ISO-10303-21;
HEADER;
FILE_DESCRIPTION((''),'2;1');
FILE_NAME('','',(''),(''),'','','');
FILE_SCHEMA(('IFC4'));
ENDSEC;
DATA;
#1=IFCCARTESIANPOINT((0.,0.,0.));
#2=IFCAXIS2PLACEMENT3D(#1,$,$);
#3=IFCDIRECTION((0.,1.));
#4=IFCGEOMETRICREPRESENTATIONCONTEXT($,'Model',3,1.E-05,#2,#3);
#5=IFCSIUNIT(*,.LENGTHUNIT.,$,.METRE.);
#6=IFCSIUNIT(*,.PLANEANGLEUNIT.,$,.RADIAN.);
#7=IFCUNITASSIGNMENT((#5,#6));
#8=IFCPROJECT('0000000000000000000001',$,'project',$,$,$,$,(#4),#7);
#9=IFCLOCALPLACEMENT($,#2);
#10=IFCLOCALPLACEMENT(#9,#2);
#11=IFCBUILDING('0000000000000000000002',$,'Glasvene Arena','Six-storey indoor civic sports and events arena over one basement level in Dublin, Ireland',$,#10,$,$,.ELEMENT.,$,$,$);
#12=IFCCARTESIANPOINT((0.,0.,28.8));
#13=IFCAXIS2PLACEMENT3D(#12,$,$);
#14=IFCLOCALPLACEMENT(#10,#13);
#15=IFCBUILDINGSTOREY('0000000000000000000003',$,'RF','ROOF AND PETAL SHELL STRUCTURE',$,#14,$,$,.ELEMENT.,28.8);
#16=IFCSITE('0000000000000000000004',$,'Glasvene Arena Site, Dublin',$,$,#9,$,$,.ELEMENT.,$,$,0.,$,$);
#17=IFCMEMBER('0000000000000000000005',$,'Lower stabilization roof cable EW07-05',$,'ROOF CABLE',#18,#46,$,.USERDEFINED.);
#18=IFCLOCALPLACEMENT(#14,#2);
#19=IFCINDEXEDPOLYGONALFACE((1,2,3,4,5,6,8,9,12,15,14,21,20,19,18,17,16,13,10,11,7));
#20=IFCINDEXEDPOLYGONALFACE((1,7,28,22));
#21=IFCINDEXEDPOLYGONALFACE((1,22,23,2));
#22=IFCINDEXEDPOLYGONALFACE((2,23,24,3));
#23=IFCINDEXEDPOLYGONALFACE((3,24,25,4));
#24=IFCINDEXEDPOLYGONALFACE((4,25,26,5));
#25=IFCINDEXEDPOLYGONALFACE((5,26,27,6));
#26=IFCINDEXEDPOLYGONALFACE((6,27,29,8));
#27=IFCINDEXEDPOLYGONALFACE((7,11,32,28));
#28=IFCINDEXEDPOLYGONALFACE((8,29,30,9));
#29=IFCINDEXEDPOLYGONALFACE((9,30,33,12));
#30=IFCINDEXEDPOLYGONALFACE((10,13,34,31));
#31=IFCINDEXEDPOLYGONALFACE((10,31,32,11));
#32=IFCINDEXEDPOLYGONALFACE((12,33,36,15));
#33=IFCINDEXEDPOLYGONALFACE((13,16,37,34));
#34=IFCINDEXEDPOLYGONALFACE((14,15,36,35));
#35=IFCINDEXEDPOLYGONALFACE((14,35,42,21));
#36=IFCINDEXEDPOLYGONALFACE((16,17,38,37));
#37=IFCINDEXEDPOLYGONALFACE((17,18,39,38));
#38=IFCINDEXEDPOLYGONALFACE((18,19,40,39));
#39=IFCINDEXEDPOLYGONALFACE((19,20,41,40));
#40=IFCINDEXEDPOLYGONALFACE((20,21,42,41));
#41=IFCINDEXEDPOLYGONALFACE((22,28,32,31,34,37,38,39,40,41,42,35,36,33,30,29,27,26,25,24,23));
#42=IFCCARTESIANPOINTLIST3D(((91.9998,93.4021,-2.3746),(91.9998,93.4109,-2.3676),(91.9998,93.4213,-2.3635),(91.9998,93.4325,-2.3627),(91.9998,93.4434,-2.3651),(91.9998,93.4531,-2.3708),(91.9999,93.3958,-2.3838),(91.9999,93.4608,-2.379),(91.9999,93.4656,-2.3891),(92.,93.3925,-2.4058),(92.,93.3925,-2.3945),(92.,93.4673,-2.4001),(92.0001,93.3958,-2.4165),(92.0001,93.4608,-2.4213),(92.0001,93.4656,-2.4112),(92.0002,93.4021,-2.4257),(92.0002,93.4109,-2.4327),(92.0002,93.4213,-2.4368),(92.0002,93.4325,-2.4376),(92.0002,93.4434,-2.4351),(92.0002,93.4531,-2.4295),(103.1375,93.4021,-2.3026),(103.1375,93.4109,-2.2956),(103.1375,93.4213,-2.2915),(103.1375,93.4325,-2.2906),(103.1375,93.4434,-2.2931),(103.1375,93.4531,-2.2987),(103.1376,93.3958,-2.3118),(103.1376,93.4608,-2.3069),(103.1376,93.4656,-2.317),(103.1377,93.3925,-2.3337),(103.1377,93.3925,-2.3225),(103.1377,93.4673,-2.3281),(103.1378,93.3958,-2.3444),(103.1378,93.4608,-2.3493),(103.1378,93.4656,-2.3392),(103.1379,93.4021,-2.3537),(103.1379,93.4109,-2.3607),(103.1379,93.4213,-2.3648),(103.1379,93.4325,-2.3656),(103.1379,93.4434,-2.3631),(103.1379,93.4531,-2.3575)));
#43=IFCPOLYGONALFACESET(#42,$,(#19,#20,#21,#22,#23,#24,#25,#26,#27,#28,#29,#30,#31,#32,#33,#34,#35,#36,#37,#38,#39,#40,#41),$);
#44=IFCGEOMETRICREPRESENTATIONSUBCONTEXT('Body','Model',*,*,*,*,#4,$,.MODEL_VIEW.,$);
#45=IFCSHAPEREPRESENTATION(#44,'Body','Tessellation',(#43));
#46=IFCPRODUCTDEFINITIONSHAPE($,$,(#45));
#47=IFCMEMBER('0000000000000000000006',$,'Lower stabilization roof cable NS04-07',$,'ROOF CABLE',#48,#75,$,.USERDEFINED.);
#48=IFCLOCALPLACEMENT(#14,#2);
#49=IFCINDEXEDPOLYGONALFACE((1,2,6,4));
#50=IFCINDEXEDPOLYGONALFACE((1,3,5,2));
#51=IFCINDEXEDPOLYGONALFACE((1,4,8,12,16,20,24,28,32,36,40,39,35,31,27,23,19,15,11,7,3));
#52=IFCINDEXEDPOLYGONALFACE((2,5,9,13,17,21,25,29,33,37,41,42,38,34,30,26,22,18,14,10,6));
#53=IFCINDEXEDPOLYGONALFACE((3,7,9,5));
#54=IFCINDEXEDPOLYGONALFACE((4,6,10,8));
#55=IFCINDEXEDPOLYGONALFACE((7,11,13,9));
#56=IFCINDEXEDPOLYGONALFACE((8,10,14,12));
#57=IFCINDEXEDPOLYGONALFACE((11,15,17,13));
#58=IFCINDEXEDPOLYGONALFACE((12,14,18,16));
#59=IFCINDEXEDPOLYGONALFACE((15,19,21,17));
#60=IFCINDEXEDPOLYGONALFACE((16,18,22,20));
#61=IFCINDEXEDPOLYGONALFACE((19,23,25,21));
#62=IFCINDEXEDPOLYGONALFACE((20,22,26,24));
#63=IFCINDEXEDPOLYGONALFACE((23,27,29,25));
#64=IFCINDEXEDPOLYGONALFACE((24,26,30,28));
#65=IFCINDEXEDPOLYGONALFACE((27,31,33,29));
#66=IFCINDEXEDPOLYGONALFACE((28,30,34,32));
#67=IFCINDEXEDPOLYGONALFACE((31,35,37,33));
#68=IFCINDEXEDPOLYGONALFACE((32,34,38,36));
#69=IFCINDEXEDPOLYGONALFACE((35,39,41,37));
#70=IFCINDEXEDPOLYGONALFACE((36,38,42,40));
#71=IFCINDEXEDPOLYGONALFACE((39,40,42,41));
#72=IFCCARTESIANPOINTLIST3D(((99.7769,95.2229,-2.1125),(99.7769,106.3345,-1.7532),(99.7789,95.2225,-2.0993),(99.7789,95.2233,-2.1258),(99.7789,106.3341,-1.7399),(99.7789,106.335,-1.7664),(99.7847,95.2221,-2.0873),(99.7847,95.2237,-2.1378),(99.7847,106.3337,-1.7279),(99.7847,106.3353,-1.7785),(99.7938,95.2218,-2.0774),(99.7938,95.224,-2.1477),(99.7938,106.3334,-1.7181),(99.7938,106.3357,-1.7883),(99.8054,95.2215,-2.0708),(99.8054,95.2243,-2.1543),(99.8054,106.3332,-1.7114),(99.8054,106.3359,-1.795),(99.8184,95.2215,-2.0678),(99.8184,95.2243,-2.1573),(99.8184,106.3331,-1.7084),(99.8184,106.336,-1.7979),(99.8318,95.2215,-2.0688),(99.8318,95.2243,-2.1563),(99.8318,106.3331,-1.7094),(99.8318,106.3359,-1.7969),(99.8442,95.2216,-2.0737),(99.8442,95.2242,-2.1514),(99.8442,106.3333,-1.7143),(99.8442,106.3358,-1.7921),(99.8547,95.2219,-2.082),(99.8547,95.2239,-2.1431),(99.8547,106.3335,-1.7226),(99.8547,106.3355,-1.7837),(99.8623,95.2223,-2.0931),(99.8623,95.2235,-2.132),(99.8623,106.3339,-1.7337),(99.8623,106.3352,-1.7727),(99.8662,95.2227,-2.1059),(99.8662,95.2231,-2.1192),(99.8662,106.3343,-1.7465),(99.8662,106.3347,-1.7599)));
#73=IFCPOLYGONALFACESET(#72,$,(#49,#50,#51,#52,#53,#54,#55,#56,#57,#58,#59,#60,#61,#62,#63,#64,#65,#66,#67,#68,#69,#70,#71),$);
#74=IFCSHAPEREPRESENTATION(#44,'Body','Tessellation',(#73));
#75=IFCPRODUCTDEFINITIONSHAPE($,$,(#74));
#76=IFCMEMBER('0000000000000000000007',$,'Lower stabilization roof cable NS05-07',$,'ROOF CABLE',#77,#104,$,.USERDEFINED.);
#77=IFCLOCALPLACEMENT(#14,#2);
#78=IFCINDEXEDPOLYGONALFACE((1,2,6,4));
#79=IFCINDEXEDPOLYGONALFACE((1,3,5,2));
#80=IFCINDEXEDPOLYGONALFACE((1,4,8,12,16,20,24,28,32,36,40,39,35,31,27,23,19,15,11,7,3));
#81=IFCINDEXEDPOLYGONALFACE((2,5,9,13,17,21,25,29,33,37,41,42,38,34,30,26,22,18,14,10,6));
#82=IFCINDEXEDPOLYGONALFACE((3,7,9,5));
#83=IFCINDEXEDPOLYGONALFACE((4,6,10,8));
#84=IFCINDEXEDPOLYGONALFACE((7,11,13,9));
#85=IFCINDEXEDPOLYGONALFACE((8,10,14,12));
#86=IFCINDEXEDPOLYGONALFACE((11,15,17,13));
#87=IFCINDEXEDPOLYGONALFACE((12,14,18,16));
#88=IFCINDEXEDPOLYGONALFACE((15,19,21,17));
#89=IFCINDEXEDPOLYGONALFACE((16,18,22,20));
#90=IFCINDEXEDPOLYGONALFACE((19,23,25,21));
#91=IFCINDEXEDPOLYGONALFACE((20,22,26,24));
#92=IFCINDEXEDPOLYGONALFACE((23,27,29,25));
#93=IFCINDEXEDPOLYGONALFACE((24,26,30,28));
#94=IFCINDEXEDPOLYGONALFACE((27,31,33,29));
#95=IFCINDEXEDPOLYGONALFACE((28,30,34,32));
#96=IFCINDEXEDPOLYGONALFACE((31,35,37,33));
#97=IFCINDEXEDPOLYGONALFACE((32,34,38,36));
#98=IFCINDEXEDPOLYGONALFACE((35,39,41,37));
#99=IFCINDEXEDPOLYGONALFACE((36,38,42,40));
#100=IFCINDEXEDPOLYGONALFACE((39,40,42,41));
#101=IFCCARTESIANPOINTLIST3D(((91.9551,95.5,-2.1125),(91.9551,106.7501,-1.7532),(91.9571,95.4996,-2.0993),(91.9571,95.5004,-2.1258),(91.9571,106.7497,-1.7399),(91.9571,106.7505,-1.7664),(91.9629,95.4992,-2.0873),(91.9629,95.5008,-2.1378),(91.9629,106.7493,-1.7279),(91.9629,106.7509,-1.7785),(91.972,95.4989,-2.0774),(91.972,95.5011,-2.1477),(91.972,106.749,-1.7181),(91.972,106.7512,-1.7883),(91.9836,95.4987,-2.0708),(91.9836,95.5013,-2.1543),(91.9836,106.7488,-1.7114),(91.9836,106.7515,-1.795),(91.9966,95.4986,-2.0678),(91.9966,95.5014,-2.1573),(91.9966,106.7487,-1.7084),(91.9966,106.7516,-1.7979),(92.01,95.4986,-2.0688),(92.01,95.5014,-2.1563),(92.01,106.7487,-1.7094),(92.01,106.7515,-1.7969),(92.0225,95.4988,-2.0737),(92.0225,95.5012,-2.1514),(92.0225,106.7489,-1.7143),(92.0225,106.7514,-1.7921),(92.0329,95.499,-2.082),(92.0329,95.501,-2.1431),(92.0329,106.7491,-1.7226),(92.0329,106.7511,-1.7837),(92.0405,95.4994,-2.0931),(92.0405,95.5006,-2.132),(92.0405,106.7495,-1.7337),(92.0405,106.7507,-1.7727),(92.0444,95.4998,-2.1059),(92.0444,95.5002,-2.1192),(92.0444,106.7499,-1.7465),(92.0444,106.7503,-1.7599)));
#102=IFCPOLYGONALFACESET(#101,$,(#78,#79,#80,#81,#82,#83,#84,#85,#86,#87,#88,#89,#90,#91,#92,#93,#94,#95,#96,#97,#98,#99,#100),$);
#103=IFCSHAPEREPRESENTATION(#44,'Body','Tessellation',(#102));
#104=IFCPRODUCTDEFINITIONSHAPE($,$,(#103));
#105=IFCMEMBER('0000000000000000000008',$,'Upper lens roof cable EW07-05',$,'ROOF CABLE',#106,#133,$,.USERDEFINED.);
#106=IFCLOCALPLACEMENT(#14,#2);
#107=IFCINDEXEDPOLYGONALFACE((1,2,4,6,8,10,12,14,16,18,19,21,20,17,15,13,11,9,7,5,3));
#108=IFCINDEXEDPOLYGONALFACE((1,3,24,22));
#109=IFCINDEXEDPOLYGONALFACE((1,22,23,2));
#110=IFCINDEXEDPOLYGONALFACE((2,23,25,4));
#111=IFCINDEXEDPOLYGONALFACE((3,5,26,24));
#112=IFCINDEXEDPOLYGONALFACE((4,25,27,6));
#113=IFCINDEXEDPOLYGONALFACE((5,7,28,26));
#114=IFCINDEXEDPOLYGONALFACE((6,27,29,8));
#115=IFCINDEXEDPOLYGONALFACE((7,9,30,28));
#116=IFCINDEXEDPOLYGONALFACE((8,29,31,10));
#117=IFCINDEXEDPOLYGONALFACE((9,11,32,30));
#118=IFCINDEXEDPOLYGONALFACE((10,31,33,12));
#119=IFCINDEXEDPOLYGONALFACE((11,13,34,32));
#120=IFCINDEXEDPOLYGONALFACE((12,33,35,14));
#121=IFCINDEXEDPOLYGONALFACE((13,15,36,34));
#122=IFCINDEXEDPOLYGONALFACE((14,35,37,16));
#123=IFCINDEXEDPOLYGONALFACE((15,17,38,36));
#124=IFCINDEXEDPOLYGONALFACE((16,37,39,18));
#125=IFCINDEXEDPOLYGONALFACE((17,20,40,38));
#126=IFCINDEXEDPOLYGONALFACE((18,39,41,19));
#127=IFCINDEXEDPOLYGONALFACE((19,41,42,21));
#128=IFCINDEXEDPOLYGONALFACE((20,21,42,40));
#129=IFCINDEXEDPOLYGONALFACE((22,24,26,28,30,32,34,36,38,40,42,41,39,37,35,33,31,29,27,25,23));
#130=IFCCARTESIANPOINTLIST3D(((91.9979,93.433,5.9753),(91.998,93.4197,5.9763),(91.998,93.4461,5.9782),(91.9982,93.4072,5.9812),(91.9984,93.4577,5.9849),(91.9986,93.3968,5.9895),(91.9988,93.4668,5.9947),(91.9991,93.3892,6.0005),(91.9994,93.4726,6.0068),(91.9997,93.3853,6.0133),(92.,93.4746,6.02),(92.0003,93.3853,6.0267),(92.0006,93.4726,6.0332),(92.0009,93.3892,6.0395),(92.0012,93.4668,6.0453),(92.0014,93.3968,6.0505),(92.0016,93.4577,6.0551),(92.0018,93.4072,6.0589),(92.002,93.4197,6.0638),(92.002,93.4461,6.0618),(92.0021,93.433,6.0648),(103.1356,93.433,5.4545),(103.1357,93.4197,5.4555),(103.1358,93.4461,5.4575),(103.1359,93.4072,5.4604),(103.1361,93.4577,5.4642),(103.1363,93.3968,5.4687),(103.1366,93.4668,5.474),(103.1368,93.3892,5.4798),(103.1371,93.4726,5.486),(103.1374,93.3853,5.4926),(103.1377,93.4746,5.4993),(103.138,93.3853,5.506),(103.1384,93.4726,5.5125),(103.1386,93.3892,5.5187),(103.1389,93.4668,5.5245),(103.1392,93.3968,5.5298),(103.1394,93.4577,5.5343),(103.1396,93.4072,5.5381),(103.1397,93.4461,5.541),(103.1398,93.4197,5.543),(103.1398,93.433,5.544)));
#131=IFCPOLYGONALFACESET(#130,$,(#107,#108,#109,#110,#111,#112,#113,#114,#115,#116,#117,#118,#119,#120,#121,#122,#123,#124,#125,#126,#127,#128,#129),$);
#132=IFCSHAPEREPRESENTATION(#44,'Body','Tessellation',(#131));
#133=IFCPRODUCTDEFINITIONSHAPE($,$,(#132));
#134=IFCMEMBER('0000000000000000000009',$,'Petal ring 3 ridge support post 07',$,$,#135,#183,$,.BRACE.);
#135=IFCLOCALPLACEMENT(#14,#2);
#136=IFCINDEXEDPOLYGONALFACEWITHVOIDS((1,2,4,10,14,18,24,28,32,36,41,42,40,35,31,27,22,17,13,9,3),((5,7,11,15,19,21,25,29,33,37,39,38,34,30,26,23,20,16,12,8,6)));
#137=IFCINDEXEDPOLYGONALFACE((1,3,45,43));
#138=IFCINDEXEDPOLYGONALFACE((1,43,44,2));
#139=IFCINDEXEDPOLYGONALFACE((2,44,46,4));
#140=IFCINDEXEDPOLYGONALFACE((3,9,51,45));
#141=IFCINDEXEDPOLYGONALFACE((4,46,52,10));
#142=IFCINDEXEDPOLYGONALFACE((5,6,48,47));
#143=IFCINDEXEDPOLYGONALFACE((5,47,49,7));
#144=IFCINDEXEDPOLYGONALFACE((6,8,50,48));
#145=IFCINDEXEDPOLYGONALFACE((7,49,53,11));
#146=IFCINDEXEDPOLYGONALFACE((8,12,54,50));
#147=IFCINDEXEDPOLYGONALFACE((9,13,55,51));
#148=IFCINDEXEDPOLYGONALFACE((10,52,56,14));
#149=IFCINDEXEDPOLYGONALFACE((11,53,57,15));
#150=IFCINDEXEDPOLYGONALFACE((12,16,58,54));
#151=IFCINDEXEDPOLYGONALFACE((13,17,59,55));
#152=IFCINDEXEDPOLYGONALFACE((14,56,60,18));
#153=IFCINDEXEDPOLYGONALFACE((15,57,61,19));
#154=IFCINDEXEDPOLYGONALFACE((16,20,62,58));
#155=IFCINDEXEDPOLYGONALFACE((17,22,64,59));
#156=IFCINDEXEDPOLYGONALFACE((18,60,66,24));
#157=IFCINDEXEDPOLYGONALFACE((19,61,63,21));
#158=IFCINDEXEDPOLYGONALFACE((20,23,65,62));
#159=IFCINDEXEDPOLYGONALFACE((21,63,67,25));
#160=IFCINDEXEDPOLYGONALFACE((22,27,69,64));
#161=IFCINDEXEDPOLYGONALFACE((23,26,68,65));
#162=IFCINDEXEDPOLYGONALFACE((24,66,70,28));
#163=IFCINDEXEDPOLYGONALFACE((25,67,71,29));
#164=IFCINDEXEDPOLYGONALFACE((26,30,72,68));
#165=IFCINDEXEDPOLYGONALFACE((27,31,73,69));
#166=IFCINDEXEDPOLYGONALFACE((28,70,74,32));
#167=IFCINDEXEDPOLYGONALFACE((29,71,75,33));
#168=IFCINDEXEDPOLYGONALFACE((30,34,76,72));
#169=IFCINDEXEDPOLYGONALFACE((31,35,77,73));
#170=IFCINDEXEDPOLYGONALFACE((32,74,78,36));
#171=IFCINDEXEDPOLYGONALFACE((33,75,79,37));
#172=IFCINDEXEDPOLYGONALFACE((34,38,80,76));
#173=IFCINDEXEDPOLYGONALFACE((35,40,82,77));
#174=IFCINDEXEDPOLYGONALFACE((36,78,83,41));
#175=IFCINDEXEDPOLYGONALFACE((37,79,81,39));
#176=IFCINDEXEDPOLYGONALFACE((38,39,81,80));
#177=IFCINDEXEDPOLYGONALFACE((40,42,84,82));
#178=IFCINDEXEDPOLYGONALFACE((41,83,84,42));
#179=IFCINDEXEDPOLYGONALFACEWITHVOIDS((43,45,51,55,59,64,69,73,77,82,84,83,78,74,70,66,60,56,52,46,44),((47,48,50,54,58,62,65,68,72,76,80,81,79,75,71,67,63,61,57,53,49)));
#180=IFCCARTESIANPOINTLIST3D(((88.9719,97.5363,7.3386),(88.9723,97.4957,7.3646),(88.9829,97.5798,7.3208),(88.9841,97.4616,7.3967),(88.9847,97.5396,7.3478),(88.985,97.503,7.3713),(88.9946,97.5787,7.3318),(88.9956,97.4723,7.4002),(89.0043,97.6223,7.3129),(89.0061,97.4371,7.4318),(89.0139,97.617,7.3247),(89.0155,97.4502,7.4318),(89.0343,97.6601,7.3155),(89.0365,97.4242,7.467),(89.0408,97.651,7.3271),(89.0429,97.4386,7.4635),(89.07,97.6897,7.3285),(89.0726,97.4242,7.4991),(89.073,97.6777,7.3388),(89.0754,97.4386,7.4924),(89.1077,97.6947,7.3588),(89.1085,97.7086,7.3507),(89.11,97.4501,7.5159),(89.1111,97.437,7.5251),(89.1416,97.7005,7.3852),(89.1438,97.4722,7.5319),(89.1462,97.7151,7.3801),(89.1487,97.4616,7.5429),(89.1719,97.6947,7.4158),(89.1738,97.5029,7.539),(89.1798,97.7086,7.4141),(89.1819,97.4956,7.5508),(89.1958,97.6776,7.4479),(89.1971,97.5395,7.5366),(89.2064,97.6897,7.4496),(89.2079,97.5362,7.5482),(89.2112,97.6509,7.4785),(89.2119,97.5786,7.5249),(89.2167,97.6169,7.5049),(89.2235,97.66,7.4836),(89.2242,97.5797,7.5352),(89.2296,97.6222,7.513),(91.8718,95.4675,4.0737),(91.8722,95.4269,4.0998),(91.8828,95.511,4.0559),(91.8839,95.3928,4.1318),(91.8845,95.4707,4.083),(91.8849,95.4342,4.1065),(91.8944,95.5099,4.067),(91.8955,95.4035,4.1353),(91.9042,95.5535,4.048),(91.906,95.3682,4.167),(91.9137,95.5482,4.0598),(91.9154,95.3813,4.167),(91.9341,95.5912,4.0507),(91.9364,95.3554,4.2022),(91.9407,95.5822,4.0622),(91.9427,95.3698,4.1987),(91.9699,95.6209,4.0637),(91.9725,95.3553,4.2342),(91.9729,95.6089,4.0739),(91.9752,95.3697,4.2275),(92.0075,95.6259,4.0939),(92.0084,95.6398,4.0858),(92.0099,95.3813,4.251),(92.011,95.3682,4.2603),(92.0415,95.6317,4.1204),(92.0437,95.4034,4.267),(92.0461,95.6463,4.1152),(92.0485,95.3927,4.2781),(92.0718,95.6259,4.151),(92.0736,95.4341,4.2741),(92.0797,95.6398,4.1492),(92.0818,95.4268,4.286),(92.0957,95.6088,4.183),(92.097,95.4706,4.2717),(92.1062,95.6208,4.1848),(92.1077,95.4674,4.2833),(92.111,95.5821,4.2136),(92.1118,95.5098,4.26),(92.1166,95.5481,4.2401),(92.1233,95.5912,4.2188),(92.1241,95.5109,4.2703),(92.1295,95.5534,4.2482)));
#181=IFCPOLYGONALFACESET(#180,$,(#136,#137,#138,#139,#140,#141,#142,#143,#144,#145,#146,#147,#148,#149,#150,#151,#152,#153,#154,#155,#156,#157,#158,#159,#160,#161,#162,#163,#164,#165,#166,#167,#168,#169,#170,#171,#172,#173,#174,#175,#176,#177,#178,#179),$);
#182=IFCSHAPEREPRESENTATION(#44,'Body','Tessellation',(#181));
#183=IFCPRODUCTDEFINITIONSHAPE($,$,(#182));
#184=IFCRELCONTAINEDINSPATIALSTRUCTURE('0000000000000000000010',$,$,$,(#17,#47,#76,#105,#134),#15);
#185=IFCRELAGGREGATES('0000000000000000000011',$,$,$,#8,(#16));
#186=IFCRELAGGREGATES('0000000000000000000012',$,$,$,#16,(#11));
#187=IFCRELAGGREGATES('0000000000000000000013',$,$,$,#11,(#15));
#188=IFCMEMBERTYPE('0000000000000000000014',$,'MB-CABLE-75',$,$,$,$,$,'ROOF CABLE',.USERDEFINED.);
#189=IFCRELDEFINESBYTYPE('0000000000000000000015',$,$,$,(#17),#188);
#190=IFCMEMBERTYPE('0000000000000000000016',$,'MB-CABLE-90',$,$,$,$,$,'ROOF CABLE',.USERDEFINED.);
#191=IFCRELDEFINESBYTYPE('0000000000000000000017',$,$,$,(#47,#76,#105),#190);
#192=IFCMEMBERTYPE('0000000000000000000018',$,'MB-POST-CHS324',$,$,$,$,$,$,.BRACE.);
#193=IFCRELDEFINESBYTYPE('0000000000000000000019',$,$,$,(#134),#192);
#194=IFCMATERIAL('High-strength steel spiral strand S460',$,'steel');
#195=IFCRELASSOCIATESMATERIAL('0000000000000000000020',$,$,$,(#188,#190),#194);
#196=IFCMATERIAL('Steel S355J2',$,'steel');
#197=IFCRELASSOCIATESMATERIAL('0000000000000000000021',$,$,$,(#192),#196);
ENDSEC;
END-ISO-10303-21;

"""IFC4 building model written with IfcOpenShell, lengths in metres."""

from ifc_helpers import new_model, si_unit, direction, frame, origin, origin_2d, place, context, subcontext, project, spatial, circle, hollow_circle, extrude, material, material_profile, profile_set, type_object, element, save


model = new_model("IFC4")

# Units and contexts
model_context = context("Model", 3, precision=1e-05, world=origin(), true_north=direction((0.0, 1.0)))
body_context = subcontext(model_context, "Body", "Model", "MODEL_VIEW")
ifc_project = project(units=[si_unit("LENGTHUNIT", "METRE"), si_unit("PLANEANGLEUNIT", "RADIAN")], contexts=[model_context])

# Site, building, storey
site_placement = place(None, origin())
site = spatial("IfcSite", under=ifc_project, at=site_placement, Name="Glasvene Arena Site, Dublin", CompositionType="ELEMENT", RefElevation=0.0)
building_placement = place(site_placement, origin())
building = spatial("IfcBuilding", under=site, at=building_placement, Name="Glasvene Arena", Description="Six-storey indoor civic sports and events arena over one basement level in Dublin, Ireland", CompositionType="ELEMENT")
storey_placement = place(building_placement, frame((0.0, 0.0, 28.8)))
storey = spatial("IfcBuildingStorey", under=building, at=storey_placement, Name="RF", Description="ROOF AND PETAL SHELL STRUCTURE", CompositionType="ELEMENT", Elevation=28.8)

# Members
ifc_material_1 = material(Name="High-strength steel spiral strand S460", Category="steel")
ifc_material_profile_1 = material_profile(ifc_material_1, circle(Radius=0.0376, at=origin_2d()), Name="LCSS D75")
ifc_profile_set_1 = profile_set([ifc_material_profile_1], Name="High-strength steel spiral strand S460")
member_type_1 = type_object("IfcMemberType", Name="MB-CABLE-75", ElementType="ROOF CABLE", PredefinedType="USERDEFINED", material=ifc_profile_set_1)
member_1_placement = place(storey_placement, frame((92.0, 93.4297, -2.4001), z_axis=(0.999979, 0.0, 0.006466), x_axis=(0.0, 1.0, 0.0)))
element("IfcMember", 1, at=member_1_placement, inside=storey, type_object=member_type_1, Name="Lower stabilization roof cable EW07-05", ObjectType="ROOF CABLE", PredefinedType="USERDEFINED", context=body_context, shape_type="SweptSolid", body=[
    extrude(circle(Radius=0.0376, at=origin_2d()), origin(), (0.0, 0.0, 1.0), 11.1379),
])
ifc_material_profile_2 = material_profile(ifc_material_1, circle(Radius=0.0449, at=origin_2d()), Name="LCSS D90")
ifc_profile_set_2 = profile_set([ifc_material_profile_2], Name="High-strength steel spiral strand S460")
member_type_2 = type_object("IfcMemberType", Name="MB-CABLE-90", ElementType="ROOF CABLE", PredefinedType="USERDEFINED", material=ifc_profile_set_2)
member_2_placement = place(storey_placement, frame((99.8218, 95.2229, -2.1125), z_axis=(0.0, 0.999477, 0.032326), x_axis=(-1.0, 0.0, 0.0)))
element("IfcMember", 2, at=member_2_placement, inside=storey, type_object=member_type_2, Name="Lower stabilization roof cable NS04-07", ObjectType="ROOF CABLE", PredefinedType="USERDEFINED", context=body_context, shape_type="SweptSolid", body=[
    extrude(circle(Radius=0.0449, at=origin_2d()), origin(), (0.0, 0.0, 1.0), 11.1174),
])
member_3_placement = place(storey_placement, frame((92.0, 95.5, -2.1125), z_axis=(0.0, 0.99949, 0.031928), x_axis=(-1.0, 0.0, 0.0)))
element("IfcMember", 3, at=member_3_placement, inside=storey, type_object=member_type_2, Name="Lower stabilization roof cable NS05-07", ObjectType="ROOF CABLE", PredefinedType="USERDEFINED", context=body_context, shape_type="SweptSolid", body=[
    extrude(circle(Radius=0.0449, at=origin_2d()), origin(), (0.0, 0.0, 1.0), 11.2559),
])
member_4_placement = place(storey_placement, frame((92.0, 93.4297, 6.02), z_axis=(0.998909, 0.0, -0.046705), x_axis=(0.0, 1.0, 0.0)))
element("IfcMember", 4, at=member_4_placement, inside=storey, type_object=member_type_2, Name="Upper lens roof cable EW07-05", ObjectType="ROOF CABLE", PredefinedType="USERDEFINED", context=body_context, shape_type="SweptSolid", body=[
    extrude(circle(Radius=0.0449, at=origin_2d()), origin(), (0.0, 0.0, 1.0), 11.1499),
])
ifc_material_2 = material(Name="Steel S355J2", Category="steel")
ifc_material_profile_3 = material_profile(ifc_material_2, hollow_circle(Radius=0.1619, WallThickness=0.0161, at=origin_2d()), Name="CHS 323.9x16.0")
ifc_profile_set_3 = profile_set([ifc_material_profile_3], Name="Steel S355J2")
member_type_3 = type_object("IfcMemberType", Name="MB-POST-CHS324", PredefinedType="BRACE", material=ifc_profile_set_3)
member_5_placement = place(storey_placement, frame((92.0, 95.5, 4.167), z_axis=(-0.600134, 0.428148, 0.675669), x_axis=(-0.580771, -0.814067, 0.0)))
element("IfcMember", 5, at=member_5_placement, inside=storey, type_object=member_type_3, Name="Petal ring 3 ridge support post 07", PredefinedType="BRACE", context=body_context, shape_type="SweptSolid", body=[
    extrude(hollow_circle(Radius=0.1619, WallThickness=0.0161, at=origin_2d()), origin(), (0.0, 0.0, 1.0), 4.832),
])

save(model, "model.ifc")
